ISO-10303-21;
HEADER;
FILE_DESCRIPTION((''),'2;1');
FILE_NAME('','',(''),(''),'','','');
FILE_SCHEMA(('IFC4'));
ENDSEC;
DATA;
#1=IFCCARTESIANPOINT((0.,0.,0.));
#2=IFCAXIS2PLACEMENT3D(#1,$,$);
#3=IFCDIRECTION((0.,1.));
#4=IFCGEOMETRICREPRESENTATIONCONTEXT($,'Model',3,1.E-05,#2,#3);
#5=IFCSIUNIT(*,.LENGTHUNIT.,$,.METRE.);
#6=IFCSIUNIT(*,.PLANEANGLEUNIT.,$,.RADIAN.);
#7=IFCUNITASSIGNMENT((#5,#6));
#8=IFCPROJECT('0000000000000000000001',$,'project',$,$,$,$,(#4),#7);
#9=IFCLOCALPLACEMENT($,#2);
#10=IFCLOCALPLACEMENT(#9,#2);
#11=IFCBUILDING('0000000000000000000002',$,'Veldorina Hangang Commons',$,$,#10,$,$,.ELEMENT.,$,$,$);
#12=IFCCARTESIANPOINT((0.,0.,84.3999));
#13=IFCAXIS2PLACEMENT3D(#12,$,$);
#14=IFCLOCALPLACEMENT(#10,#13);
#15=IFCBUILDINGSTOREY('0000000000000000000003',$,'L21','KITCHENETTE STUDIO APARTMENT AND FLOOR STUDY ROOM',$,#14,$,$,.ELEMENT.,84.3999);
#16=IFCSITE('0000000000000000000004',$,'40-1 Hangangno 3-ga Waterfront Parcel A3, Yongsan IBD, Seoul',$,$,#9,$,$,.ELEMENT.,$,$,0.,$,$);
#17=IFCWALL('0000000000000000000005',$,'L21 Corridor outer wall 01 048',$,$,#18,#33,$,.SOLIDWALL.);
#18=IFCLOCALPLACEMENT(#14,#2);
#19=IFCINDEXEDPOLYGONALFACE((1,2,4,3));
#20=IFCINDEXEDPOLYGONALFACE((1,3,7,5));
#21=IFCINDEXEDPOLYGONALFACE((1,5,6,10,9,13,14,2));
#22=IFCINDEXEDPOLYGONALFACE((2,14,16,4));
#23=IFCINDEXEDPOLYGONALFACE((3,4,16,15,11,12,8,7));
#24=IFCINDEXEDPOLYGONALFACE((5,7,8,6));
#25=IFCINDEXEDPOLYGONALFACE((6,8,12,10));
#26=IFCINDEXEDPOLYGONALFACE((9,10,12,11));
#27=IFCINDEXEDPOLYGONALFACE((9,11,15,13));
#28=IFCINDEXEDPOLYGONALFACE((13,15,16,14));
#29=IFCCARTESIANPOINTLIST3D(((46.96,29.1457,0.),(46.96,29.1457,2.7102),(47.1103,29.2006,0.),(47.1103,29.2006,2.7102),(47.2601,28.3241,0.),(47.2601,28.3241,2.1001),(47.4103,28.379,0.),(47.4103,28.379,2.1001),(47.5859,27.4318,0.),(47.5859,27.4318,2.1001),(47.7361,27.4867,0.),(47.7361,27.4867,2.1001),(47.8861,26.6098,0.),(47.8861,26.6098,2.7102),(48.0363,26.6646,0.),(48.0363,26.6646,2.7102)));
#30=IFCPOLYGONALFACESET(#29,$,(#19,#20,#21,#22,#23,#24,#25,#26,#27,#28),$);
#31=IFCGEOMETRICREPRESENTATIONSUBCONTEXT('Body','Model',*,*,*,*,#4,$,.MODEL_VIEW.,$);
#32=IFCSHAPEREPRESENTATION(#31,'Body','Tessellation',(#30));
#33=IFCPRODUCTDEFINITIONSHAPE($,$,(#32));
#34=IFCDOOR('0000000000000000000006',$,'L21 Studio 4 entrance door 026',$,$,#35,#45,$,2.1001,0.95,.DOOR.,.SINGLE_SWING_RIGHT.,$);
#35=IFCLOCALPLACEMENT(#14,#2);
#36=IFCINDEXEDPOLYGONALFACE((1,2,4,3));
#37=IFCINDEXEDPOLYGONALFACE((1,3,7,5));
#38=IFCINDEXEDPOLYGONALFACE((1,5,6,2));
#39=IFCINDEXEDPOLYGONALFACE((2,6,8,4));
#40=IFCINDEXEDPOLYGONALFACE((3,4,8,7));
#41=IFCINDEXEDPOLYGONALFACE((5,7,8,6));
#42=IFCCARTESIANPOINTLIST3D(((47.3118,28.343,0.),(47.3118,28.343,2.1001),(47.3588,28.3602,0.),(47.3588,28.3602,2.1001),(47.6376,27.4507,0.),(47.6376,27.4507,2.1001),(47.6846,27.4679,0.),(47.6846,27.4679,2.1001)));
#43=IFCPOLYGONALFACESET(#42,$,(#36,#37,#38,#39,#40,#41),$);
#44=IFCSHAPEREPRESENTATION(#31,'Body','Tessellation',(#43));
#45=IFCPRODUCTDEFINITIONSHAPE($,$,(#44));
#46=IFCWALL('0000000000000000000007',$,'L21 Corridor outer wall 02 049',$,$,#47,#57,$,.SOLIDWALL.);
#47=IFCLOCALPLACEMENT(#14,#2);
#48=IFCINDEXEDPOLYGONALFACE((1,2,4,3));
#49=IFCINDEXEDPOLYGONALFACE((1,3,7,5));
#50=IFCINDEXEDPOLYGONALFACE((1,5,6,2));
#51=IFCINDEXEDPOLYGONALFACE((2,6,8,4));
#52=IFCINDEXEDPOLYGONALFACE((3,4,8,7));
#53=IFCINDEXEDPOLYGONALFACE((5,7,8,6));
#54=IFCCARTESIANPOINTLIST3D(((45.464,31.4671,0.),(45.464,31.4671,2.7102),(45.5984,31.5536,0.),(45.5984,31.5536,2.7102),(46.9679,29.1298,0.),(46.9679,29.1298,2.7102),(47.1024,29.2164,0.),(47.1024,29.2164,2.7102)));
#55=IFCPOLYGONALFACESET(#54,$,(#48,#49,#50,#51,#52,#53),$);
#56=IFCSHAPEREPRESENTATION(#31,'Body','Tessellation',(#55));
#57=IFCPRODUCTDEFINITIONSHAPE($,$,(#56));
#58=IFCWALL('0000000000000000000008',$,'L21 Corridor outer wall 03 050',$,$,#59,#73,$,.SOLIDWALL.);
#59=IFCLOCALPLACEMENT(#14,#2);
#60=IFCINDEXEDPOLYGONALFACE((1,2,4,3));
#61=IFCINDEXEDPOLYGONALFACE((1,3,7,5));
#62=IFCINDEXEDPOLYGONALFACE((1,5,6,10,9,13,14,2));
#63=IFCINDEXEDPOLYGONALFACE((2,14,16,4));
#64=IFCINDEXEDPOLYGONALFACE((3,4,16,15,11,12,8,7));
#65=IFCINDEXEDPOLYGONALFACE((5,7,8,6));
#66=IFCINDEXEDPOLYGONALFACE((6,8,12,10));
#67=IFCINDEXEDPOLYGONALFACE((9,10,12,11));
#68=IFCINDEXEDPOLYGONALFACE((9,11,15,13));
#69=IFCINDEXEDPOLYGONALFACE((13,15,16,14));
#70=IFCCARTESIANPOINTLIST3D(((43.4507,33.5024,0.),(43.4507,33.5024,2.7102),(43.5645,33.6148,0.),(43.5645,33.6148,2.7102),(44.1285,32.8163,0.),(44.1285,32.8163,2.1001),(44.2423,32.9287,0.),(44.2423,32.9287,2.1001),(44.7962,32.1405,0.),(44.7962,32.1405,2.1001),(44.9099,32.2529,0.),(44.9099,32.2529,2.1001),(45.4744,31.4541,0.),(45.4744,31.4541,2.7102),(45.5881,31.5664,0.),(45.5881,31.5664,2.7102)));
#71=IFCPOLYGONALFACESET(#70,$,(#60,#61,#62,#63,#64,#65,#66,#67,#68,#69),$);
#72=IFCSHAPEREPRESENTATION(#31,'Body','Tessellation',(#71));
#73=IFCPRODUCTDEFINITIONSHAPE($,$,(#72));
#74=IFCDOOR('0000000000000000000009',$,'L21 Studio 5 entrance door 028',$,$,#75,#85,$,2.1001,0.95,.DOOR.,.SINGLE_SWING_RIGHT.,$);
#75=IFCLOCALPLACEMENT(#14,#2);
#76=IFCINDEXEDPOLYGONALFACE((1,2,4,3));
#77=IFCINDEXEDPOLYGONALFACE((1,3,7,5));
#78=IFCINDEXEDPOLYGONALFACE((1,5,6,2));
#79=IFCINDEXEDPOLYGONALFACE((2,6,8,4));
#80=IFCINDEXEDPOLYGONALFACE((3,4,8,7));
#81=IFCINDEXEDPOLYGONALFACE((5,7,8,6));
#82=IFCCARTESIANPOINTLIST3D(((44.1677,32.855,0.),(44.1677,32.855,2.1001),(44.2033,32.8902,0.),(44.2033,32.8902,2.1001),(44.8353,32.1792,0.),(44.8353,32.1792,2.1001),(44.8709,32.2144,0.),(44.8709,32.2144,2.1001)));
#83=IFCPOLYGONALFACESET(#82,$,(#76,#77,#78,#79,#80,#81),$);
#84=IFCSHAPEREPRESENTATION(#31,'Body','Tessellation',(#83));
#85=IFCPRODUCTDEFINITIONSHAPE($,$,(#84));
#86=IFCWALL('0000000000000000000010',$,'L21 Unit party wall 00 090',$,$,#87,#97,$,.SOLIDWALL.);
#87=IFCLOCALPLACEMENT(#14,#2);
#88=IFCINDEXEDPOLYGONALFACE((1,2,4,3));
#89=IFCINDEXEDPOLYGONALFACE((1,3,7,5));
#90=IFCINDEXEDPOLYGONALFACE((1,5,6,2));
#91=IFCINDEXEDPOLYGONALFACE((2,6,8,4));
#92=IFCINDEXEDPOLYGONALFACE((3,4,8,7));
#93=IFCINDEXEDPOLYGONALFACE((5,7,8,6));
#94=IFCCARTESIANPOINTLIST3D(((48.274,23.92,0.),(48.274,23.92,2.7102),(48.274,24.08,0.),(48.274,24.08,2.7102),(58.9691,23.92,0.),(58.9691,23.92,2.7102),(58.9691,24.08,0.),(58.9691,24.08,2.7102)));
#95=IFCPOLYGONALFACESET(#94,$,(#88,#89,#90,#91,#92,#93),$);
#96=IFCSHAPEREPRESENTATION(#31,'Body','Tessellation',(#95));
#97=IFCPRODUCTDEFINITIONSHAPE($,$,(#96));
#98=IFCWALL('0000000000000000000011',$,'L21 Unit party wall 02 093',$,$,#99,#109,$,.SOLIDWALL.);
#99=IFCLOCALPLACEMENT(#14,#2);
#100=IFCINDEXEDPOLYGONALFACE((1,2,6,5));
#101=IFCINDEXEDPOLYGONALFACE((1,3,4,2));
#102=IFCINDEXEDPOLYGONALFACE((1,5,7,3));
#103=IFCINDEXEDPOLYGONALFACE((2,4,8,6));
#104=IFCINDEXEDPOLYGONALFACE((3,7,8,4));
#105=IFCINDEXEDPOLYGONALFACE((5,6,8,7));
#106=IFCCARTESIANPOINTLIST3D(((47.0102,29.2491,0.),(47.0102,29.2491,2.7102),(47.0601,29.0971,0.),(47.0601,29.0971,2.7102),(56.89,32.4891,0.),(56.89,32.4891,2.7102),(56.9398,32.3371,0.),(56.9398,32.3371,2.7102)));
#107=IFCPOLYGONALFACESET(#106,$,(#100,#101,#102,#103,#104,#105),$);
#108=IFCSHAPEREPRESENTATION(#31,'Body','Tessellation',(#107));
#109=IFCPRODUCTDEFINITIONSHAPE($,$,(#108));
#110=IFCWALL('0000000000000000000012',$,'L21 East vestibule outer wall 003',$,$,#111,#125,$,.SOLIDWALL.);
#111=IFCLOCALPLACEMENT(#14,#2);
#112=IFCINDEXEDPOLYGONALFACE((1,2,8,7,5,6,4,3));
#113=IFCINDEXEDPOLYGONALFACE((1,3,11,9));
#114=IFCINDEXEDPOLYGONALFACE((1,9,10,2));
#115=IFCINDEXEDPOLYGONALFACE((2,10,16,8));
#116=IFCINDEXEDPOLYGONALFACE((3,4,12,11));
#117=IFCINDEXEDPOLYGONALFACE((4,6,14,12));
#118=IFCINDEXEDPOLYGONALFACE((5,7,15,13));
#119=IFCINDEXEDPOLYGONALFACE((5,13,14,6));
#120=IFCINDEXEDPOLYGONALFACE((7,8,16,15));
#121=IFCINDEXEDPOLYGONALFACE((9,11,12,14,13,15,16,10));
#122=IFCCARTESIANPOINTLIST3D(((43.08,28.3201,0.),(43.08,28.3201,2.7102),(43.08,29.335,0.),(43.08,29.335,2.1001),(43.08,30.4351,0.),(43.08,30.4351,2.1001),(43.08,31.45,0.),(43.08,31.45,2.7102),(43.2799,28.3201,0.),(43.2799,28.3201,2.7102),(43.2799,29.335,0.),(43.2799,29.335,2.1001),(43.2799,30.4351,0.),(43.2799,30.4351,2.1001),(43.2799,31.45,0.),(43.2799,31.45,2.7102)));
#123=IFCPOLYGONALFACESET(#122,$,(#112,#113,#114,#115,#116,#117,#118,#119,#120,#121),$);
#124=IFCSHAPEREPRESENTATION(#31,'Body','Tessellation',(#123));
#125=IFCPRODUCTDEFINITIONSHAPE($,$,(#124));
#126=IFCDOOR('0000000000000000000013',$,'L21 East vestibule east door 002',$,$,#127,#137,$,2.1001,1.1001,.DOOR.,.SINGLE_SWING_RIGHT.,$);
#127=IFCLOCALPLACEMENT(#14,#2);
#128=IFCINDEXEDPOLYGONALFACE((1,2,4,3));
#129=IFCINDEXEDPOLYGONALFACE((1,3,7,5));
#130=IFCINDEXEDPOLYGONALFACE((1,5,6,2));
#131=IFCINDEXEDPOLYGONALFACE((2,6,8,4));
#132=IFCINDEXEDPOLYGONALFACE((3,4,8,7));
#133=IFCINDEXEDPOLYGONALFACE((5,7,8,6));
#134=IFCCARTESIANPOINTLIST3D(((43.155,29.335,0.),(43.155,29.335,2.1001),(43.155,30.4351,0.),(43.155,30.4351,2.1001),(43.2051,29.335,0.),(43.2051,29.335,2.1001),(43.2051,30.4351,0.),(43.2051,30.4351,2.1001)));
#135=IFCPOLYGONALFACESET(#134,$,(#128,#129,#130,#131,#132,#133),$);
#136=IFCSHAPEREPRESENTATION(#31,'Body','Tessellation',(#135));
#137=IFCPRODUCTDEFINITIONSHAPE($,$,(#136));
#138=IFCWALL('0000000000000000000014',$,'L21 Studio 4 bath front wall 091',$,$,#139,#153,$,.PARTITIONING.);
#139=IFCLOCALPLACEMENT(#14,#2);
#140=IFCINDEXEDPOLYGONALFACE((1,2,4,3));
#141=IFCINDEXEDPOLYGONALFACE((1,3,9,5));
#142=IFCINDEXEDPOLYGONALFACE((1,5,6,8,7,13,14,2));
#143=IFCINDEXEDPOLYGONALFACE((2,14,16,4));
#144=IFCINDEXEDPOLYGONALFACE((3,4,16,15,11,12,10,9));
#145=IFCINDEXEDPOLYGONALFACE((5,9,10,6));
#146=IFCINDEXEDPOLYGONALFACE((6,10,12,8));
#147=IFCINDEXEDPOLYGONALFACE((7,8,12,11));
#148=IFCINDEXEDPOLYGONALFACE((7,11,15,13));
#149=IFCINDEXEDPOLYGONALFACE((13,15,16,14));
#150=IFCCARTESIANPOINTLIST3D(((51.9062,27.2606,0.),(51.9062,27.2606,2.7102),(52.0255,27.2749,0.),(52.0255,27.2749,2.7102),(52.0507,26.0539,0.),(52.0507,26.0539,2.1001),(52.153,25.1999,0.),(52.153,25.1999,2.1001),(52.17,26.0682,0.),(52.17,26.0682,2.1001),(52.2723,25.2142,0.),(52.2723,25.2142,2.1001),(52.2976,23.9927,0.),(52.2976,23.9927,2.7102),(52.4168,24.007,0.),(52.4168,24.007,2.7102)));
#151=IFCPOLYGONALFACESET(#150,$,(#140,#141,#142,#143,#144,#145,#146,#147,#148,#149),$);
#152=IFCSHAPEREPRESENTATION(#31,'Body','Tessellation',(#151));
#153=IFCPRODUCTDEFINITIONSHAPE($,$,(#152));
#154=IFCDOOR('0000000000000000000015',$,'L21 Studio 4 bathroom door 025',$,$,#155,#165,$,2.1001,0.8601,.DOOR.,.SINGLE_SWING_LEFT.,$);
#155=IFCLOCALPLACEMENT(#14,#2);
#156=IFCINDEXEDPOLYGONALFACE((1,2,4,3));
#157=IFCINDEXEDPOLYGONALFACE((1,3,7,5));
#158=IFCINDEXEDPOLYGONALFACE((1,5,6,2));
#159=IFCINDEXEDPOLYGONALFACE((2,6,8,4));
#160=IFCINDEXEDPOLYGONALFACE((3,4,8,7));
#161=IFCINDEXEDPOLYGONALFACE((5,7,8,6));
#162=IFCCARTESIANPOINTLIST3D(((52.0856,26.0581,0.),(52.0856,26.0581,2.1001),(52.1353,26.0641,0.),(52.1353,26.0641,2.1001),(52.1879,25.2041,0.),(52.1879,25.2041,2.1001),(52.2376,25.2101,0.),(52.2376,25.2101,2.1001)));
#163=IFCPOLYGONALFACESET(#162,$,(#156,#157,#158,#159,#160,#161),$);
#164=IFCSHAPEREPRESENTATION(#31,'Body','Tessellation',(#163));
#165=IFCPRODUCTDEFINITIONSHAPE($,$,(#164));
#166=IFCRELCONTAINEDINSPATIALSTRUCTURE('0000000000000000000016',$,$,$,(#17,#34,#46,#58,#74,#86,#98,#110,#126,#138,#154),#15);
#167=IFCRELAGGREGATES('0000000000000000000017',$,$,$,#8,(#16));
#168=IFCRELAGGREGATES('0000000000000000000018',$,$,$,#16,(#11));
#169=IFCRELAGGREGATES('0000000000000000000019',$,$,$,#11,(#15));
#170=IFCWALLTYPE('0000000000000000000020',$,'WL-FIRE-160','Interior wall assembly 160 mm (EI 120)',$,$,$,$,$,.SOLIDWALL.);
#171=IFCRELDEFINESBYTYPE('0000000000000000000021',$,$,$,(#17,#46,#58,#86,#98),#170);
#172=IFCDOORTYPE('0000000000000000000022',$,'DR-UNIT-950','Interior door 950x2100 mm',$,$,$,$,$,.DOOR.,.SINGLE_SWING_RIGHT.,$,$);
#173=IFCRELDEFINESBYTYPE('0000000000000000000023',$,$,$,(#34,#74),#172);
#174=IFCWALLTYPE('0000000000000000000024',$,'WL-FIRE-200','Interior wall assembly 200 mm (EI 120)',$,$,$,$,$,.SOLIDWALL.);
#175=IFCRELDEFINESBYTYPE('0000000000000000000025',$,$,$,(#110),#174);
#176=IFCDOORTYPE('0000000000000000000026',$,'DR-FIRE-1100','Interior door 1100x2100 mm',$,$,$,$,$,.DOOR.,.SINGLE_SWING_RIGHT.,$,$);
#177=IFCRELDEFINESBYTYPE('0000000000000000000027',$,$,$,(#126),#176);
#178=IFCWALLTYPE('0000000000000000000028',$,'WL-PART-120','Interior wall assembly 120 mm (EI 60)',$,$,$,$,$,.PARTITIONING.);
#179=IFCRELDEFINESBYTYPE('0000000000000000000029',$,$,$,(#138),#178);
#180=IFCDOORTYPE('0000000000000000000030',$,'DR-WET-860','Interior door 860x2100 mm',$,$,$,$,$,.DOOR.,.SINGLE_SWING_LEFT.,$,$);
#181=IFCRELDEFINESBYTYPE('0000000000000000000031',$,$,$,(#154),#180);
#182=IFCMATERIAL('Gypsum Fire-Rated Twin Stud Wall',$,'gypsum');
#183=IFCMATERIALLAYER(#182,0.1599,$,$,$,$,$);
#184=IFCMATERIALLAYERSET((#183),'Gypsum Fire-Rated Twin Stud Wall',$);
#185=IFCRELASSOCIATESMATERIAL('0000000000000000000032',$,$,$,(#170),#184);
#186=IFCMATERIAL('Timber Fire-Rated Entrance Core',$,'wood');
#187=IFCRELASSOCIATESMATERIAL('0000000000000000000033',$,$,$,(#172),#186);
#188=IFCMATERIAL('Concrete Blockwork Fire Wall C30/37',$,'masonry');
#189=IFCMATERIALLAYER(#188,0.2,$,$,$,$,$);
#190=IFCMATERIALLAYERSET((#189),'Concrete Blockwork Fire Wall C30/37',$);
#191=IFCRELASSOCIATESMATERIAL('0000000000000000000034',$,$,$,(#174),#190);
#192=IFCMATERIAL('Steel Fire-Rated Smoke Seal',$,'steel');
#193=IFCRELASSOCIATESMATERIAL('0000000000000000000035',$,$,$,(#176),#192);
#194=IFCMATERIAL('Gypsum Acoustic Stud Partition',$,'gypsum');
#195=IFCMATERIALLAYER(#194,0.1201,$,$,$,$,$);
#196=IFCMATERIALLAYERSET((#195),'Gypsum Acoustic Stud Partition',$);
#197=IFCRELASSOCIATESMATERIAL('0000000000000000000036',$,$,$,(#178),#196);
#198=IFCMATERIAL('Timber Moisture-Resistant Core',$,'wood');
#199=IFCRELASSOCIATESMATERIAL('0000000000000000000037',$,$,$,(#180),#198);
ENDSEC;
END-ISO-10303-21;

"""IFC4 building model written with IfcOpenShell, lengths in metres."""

from ifc_helpers import new_model, si_unit, direction, frame, frame_2d, origin, place, context, subcontext, project, spatial, rectangle, extrude, material, layer, layer_set, type_object, element, fill, save


model = new_model("IFC4")

# Units and contexts
model_context = context("Model", 3, precision=1e-05, world=origin(), true_north=direction((0.0, 1.0)))
body_context = subcontext(model_context, "Body", "Model", "MODEL_VIEW")
ifc_project = project(units=[si_unit("LENGTHUNIT", "METRE"), si_unit("PLANEANGLEUNIT", "RADIAN")], contexts=[model_context])

# Site, building, storey
site_placement = place(None, origin())
site = spatial("IfcSite", under=ifc_project, at=site_placement, Name="40-1 Hangangno 3-ga Waterfront Parcel A3, Yongsan IBD, Seoul", CompositionType="ELEMENT", RefElevation=0.0)
building_placement = place(site_placement, origin())
building = spatial("IfcBuilding", under=site, at=building_placement, Name="Veldorina Hangang Commons", CompositionType="ELEMENT")
storey_placement = place(building_placement, frame((0.0, 0.0, 84.3999)))
storey = spatial("IfcBuildingStorey", under=building, at=storey_placement, Name="L21", Description="KITCHENETTE STUDIO APARTMENT AND FLOOR STUDY ROOM", CompositionType="ELEMENT", Elevation=84.3999)

# Shared definitions
ifc_material_1 = material(Name="Gypsum Fire-Rated Twin Stud Wall", Category="gypsum")
ifc_layer_1 = layer(ifc_material_1, 0.1599)
ifc_layer_set_1 = layer_set([ifc_layer_1], Name="Gypsum Fire-Rated Twin Stud Wall")
wall_type_1 = type_object("IfcWallType", Name="WL-FIRE-160", Description="Interior wall assembly 160 mm (EI 120)", PredefinedType="SOLIDWALL", material=ifc_layer_set_1)

# Wall, opening, door
wall_1_placement = place(storey_placement, frame((47.9612, 26.6372, 0.0), z_axis=(0.0, 0.0, 1.0), x_axis=(-0.343013, 0.93933, 0.0)))
wall_1 = element("IfcWall", 1, at=wall_1_placement, inside=storey, type_object=wall_type_1, Name="L21 Corridor outer wall 01 048", PredefinedType="SOLIDWALL", context=body_context, shape_type="SweptSolid", body=[
    extrude(rectangle(XDim=2.6997, YDim=0.1599, at=frame_2d((1.3499, 0.0))), origin(), (0.0, 0.0, 1.0), 2.7102),
])
opening_1_placement = place(wall_1_placement, frame((0.875, 0.0, 0.0)))
opening_1 = element("IfcOpeningElement", 2, at=opening_1_placement, cuts=wall_1, PredefinedType="OPENING", context=body_context, shape_type="SweptSolid", body=[
    extrude(rectangle(XDim=0.95, YDim=2.1001, at=frame_2d((0.4751, 1.05))), frame((0.0, 0.0898, 0.0), z_axis=(0.0, -1.0, 0.0), x_axis=(1.0, 0.0, 0.0)), (0.0, 0.0, 1.0), 0.1799),
])
ifc_material_2 = material(Name="Timber Fire-Rated Entrance Core", Category="wood")
door_type_1 = type_object("IfcDoorType", Name="DR-UNIT-950", Description="Interior door 950x2100 mm", OperationType="SINGLE_SWING_RIGHT", PredefinedType="DOOR", material=ifc_material_2)
door_1_placement = place(opening_1_placement, origin())
door_1 = element("IfcDoor", 3, at=door_1_placement, inside=storey, type_object=door_type_1, Name="L21 Studio 4 entrance door 026", OperationType="SINGLE_SWING_RIGHT", OverallHeight=2.1001, OverallWidth=0.95, PredefinedType="DOOR", context=body_context, shape_type="SweptSolid", body=[
    extrude(rectangle(XDim=0.95, YDim=2.1001, at=frame_2d((0.4751, 1.05))), frame((0.0, 0.0249, 0.0), z_axis=(0.0, -1.0, 0.0), x_axis=(1.0, 0.0, 0.0)), (0.0, 0.0, 1.0), 0.05),
])
fill(opening_1, door_1)

# Wall
wall_2_placement = place(storey_placement, frame((47.0352, 29.1731, 0.0), z_axis=(0.0, 0.0, 1.0), x_axis=(-0.541126, 0.840941, 0.0)))
element("IfcWall", 4, at=wall_2_placement, inside=storey, type_object=wall_type_1, Name="L21 Corridor outer wall 02 049", PredefinedType="SOLIDWALL", context=body_context, shape_type="SweptSolid", body=[
    extrude(rectangle(XDim=2.7793, YDim=0.1599, at=frame_2d((1.3896, 0.0))), origin(), (0.0, 0.0, 1.0), 2.7102),
])

# Wall, opening, door
wall_3_placement = place(storey_placement, frame((45.5312, 31.5103, 0.0), z_axis=(0.0, 0.0, 1.0), x_axis=(-0.702812, 0.711376, 0.0)))
wall_3 = element("IfcWall", 5, at=wall_3_placement, inside=storey, type_object=wall_type_1, Name="L21 Corridor outer wall 03 050", PredefinedType="SOLIDWALL", context=body_context, shape_type="SweptSolid", body=[
    extrude(rectangle(XDim=2.8794, YDim=0.1599, at=frame_2d((1.4397, 0.0))), origin(), (0.0, 0.0, 1.0), 2.7102),
])
opening_2_placement = place(wall_3_placement, frame((0.9648, 0.0, 0.0)))
opening_2 = element("IfcOpeningElement", 6, at=opening_2_placement, cuts=wall_3, PredefinedType="OPENING", context=body_context, shape_type="SweptSolid", body=[
    extrude(rectangle(XDim=0.95, YDim=2.1001, at=frame_2d((0.4751, 1.05))), frame((0.0, 0.0898, 0.0), z_axis=(0.0, -1.0, 0.0), x_axis=(1.0, 0.0, 0.0)), (0.0, 0.0, 1.0), 0.1799),
])
door_2_placement = place(opening_2_placement, origin())
door_2 = element("IfcDoor", 7, at=door_2_placement, inside=storey, type_object=door_type_1, Name="L21 Studio 5 entrance door 028", OperationType="SINGLE_SWING_RIGHT", OverallHeight=2.1001, OverallWidth=0.95, PredefinedType="DOOR", context=body_context, shape_type="SweptSolid", body=[
    extrude(rectangle(XDim=0.95, YDim=2.1001, at=frame_2d((0.4751, 1.05))), frame((0.0, 0.0249, 0.0), z_axis=(0.0, -1.0, 0.0), x_axis=(1.0, 0.0, 0.0)), (0.0, 0.0, 1.0), 0.05),
])
fill(opening_2, door_2)

# Walls
wall_4_placement = place(storey_placement, frame((48.2739, 24.0, 0.0), z_axis=(0.0, 0.0, 1.0), x_axis=(1.0, 0.0, 0.0)))
element("IfcWall", 8, at=wall_4_placement, inside=storey, type_object=wall_type_1, Name="L21 Unit party wall 00 090", PredefinedType="SOLIDWALL", context=body_context, shape_type="SweptSolid", body=[
    extrude(rectangle(XDim=10.6951, YDim=0.1599, at=frame_2d((5.3477, 0.0))), origin(), (0.0, 0.0, 1.0), 2.7102),
])
wall_5_placement = place(storey_placement, frame((47.0352, 29.1731, 0.0), z_axis=(0.0, 0.0, 1.0), x_axis=(0.950208, 0.311617, 0.0)))
element("IfcWall", 9, at=wall_5_placement, inside=storey, type_object=wall_type_1, Name="L21 Unit party wall 02 093", PredefinedType="SOLIDWALL", context=body_context, shape_type="SweptSolid", body=[
    extrude(rectangle(XDim=10.3975, YDim=0.1599, at=frame_2d((5.1987, 0.0))), origin(), (0.0, 0.0, 1.0), 2.7102),
])

# Walls, openings, doors
ifc_material_3 = material(Name="Concrete Blockwork Fire Wall C30/37", Category="masonry")
ifc_layer_2 = layer(ifc_material_3, 0.2)
ifc_layer_set_2 = layer_set([ifc_layer_2], Name="Concrete Blockwork Fire Wall C30/37")
wall_type_2 = type_object("IfcWallType", Name="WL-FIRE-200", Description="Interior wall assembly 200 mm (EI 120)", PredefinedType="SOLIDWALL", material=ifc_layer_set_2)
wall_6_placement = place(storey_placement, frame((43.1799, 28.3201, 0.0), z_axis=(0.0, 0.0, 1.0), x_axis=(0.0, 1.0, 0.0)))
wall_6 = element("IfcWall", 10, at=wall_6_placement, inside=storey, type_object=wall_type_2, Name="L21 East vestibule outer wall 003", PredefinedType="SOLIDWALL", context=body_context, shape_type="SweptSolid", body=[
    extrude(rectangle(XDim=3.1299, YDim=0.2, at=frame_2d((1.5649, 0.0))), origin(), (0.0, 0.0, 1.0), 2.7102),
])
opening_3_placement = place(wall_6_placement, frame((1.0149, 0.0, 0.0)))
opening_3 = element("IfcOpeningElement", 11, at=opening_3_placement, cuts=wall_6, PredefinedType="OPENING", context=body_context, shape_type="SweptSolid", body=[
    extrude(rectangle(XDim=1.1001, YDim=2.1001, at=frame_2d((0.55, 1.05))), frame((0.0, 0.1099, 0.0), z_axis=(0.0, -1.0, 0.0), x_axis=(1.0, 0.0, 0.0)), (0.0, 0.0, 1.0), 0.22),
])
ifc_material_4 = material(Name="Steel Fire-Rated Smoke Seal", Category="steel")
door_type_2 = type_object("IfcDoorType", Name="DR-FIRE-1100", Description="Interior door 1100x2100 mm", OperationType="SINGLE_SWING_RIGHT", PredefinedType="DOOR", material=ifc_material_4)
door_3_placement = place(opening_3_placement, origin())
door_3 = element("IfcDoor", 12, at=door_3_placement, inside=storey, type_object=door_type_2, Name="L21 East vestibule east door 002", OperationType="SINGLE_SWING_RIGHT", OverallHeight=2.1001, OverallWidth=1.1001, PredefinedType="DOOR", context=body_context, shape_type="SweptSolid", body=[
    extrude(rectangle(XDim=1.1001, YDim=2.1001, at=frame_2d((0.55, 1.05))), frame((0.0, 0.0249, 0.0), z_axis=(0.0, -1.0, 0.0), x_axis=(1.0, 0.0, 0.0)), (0.0, 0.0, 1.0), 0.05),
])
fill(opening_3, door_3)
ifc_material_5 = material(Name="Gypsum Acoustic Stud Partition", Category="gypsum")
ifc_layer_3 = layer(ifc_material_5, 0.1201)
ifc_layer_set_3 = layer_set([ifc_layer_3], Name="Gypsum Acoustic Stud Partition")
wall_type_3 = type_object("IfcWallType", Name="WL-PART-120", Description="Interior wall assembly 120 mm (EI 60)", PredefinedType="PARTITIONING", material=ifc_layer_set_3)
wall_7_placement = place(storey_placement, frame((52.3572, 24.0, 0.0), z_axis=(0.0, 0.0, 1.0), x_axis=(-0.118911, 0.992905, 0.0)))
wall_7 = element("IfcWall", 13, at=wall_7_placement, inside=storey, type_object=wall_type_3, Name="L21 Studio 4 bath front wall 091", PredefinedType="PARTITIONING", context=body_context, shape_type="SweptSolid", body=[
    extrude(rectangle(XDim=3.2913, YDim=0.1201, at=frame_2d((1.6455, 0.0))), origin(), (0.0, 0.0, 1.0), 2.7102),
])
opening_4_placement = place(wall_7_placement, frame((1.2156, 0.0, 0.0)))
opening_4 = element("IfcOpeningElement", 14, at=opening_4_placement, cuts=wall_7, PredefinedType="OPENING", context=body_context, shape_type="SweptSolid", body=[
    extrude(rectangle(XDim=0.8601, YDim=2.1001, at=frame_2d((0.4302, 1.05))), frame((0.0, 0.0701, 0.0), z_axis=(0.0, -1.0, 0.0), x_axis=(1.0, 0.0, 0.0)), (0.0, 0.0, 1.0), 0.1401),
])
ifc_material_6 = material(Name="Timber Moisture-Resistant Core", Category="wood")
door_type_3 = type_object("IfcDoorType", Name="DR-WET-860", Description="Interior door 860x2100 mm", OperationType="SINGLE_SWING_LEFT", PredefinedType="DOOR", material=ifc_material_6)
door_4_placement = place(opening_4_placement, origin())
door_4 = element("IfcDoor", 15, at=door_4_placement, inside=storey, type_object=door_type_3, Name="L21 Studio 4 bathroom door 025", OperationType="SINGLE_SWING_LEFT", OverallHeight=2.1001, OverallWidth=0.8601, PredefinedType="DOOR", context=body_context, shape_type="SweptSolid", body=[
    extrude(rectangle(XDim=0.8601, YDim=2.1001, at=frame_2d((0.4302, 1.05))), frame((0.0, 0.0249, 0.0), z_axis=(0.0, -1.0, 0.0), x_axis=(1.0, 0.0, 0.0)), (0.0, 0.0, 1.0), 0.05),
])
fill(opening_4, door_4)

save(model, "model.ifc")
